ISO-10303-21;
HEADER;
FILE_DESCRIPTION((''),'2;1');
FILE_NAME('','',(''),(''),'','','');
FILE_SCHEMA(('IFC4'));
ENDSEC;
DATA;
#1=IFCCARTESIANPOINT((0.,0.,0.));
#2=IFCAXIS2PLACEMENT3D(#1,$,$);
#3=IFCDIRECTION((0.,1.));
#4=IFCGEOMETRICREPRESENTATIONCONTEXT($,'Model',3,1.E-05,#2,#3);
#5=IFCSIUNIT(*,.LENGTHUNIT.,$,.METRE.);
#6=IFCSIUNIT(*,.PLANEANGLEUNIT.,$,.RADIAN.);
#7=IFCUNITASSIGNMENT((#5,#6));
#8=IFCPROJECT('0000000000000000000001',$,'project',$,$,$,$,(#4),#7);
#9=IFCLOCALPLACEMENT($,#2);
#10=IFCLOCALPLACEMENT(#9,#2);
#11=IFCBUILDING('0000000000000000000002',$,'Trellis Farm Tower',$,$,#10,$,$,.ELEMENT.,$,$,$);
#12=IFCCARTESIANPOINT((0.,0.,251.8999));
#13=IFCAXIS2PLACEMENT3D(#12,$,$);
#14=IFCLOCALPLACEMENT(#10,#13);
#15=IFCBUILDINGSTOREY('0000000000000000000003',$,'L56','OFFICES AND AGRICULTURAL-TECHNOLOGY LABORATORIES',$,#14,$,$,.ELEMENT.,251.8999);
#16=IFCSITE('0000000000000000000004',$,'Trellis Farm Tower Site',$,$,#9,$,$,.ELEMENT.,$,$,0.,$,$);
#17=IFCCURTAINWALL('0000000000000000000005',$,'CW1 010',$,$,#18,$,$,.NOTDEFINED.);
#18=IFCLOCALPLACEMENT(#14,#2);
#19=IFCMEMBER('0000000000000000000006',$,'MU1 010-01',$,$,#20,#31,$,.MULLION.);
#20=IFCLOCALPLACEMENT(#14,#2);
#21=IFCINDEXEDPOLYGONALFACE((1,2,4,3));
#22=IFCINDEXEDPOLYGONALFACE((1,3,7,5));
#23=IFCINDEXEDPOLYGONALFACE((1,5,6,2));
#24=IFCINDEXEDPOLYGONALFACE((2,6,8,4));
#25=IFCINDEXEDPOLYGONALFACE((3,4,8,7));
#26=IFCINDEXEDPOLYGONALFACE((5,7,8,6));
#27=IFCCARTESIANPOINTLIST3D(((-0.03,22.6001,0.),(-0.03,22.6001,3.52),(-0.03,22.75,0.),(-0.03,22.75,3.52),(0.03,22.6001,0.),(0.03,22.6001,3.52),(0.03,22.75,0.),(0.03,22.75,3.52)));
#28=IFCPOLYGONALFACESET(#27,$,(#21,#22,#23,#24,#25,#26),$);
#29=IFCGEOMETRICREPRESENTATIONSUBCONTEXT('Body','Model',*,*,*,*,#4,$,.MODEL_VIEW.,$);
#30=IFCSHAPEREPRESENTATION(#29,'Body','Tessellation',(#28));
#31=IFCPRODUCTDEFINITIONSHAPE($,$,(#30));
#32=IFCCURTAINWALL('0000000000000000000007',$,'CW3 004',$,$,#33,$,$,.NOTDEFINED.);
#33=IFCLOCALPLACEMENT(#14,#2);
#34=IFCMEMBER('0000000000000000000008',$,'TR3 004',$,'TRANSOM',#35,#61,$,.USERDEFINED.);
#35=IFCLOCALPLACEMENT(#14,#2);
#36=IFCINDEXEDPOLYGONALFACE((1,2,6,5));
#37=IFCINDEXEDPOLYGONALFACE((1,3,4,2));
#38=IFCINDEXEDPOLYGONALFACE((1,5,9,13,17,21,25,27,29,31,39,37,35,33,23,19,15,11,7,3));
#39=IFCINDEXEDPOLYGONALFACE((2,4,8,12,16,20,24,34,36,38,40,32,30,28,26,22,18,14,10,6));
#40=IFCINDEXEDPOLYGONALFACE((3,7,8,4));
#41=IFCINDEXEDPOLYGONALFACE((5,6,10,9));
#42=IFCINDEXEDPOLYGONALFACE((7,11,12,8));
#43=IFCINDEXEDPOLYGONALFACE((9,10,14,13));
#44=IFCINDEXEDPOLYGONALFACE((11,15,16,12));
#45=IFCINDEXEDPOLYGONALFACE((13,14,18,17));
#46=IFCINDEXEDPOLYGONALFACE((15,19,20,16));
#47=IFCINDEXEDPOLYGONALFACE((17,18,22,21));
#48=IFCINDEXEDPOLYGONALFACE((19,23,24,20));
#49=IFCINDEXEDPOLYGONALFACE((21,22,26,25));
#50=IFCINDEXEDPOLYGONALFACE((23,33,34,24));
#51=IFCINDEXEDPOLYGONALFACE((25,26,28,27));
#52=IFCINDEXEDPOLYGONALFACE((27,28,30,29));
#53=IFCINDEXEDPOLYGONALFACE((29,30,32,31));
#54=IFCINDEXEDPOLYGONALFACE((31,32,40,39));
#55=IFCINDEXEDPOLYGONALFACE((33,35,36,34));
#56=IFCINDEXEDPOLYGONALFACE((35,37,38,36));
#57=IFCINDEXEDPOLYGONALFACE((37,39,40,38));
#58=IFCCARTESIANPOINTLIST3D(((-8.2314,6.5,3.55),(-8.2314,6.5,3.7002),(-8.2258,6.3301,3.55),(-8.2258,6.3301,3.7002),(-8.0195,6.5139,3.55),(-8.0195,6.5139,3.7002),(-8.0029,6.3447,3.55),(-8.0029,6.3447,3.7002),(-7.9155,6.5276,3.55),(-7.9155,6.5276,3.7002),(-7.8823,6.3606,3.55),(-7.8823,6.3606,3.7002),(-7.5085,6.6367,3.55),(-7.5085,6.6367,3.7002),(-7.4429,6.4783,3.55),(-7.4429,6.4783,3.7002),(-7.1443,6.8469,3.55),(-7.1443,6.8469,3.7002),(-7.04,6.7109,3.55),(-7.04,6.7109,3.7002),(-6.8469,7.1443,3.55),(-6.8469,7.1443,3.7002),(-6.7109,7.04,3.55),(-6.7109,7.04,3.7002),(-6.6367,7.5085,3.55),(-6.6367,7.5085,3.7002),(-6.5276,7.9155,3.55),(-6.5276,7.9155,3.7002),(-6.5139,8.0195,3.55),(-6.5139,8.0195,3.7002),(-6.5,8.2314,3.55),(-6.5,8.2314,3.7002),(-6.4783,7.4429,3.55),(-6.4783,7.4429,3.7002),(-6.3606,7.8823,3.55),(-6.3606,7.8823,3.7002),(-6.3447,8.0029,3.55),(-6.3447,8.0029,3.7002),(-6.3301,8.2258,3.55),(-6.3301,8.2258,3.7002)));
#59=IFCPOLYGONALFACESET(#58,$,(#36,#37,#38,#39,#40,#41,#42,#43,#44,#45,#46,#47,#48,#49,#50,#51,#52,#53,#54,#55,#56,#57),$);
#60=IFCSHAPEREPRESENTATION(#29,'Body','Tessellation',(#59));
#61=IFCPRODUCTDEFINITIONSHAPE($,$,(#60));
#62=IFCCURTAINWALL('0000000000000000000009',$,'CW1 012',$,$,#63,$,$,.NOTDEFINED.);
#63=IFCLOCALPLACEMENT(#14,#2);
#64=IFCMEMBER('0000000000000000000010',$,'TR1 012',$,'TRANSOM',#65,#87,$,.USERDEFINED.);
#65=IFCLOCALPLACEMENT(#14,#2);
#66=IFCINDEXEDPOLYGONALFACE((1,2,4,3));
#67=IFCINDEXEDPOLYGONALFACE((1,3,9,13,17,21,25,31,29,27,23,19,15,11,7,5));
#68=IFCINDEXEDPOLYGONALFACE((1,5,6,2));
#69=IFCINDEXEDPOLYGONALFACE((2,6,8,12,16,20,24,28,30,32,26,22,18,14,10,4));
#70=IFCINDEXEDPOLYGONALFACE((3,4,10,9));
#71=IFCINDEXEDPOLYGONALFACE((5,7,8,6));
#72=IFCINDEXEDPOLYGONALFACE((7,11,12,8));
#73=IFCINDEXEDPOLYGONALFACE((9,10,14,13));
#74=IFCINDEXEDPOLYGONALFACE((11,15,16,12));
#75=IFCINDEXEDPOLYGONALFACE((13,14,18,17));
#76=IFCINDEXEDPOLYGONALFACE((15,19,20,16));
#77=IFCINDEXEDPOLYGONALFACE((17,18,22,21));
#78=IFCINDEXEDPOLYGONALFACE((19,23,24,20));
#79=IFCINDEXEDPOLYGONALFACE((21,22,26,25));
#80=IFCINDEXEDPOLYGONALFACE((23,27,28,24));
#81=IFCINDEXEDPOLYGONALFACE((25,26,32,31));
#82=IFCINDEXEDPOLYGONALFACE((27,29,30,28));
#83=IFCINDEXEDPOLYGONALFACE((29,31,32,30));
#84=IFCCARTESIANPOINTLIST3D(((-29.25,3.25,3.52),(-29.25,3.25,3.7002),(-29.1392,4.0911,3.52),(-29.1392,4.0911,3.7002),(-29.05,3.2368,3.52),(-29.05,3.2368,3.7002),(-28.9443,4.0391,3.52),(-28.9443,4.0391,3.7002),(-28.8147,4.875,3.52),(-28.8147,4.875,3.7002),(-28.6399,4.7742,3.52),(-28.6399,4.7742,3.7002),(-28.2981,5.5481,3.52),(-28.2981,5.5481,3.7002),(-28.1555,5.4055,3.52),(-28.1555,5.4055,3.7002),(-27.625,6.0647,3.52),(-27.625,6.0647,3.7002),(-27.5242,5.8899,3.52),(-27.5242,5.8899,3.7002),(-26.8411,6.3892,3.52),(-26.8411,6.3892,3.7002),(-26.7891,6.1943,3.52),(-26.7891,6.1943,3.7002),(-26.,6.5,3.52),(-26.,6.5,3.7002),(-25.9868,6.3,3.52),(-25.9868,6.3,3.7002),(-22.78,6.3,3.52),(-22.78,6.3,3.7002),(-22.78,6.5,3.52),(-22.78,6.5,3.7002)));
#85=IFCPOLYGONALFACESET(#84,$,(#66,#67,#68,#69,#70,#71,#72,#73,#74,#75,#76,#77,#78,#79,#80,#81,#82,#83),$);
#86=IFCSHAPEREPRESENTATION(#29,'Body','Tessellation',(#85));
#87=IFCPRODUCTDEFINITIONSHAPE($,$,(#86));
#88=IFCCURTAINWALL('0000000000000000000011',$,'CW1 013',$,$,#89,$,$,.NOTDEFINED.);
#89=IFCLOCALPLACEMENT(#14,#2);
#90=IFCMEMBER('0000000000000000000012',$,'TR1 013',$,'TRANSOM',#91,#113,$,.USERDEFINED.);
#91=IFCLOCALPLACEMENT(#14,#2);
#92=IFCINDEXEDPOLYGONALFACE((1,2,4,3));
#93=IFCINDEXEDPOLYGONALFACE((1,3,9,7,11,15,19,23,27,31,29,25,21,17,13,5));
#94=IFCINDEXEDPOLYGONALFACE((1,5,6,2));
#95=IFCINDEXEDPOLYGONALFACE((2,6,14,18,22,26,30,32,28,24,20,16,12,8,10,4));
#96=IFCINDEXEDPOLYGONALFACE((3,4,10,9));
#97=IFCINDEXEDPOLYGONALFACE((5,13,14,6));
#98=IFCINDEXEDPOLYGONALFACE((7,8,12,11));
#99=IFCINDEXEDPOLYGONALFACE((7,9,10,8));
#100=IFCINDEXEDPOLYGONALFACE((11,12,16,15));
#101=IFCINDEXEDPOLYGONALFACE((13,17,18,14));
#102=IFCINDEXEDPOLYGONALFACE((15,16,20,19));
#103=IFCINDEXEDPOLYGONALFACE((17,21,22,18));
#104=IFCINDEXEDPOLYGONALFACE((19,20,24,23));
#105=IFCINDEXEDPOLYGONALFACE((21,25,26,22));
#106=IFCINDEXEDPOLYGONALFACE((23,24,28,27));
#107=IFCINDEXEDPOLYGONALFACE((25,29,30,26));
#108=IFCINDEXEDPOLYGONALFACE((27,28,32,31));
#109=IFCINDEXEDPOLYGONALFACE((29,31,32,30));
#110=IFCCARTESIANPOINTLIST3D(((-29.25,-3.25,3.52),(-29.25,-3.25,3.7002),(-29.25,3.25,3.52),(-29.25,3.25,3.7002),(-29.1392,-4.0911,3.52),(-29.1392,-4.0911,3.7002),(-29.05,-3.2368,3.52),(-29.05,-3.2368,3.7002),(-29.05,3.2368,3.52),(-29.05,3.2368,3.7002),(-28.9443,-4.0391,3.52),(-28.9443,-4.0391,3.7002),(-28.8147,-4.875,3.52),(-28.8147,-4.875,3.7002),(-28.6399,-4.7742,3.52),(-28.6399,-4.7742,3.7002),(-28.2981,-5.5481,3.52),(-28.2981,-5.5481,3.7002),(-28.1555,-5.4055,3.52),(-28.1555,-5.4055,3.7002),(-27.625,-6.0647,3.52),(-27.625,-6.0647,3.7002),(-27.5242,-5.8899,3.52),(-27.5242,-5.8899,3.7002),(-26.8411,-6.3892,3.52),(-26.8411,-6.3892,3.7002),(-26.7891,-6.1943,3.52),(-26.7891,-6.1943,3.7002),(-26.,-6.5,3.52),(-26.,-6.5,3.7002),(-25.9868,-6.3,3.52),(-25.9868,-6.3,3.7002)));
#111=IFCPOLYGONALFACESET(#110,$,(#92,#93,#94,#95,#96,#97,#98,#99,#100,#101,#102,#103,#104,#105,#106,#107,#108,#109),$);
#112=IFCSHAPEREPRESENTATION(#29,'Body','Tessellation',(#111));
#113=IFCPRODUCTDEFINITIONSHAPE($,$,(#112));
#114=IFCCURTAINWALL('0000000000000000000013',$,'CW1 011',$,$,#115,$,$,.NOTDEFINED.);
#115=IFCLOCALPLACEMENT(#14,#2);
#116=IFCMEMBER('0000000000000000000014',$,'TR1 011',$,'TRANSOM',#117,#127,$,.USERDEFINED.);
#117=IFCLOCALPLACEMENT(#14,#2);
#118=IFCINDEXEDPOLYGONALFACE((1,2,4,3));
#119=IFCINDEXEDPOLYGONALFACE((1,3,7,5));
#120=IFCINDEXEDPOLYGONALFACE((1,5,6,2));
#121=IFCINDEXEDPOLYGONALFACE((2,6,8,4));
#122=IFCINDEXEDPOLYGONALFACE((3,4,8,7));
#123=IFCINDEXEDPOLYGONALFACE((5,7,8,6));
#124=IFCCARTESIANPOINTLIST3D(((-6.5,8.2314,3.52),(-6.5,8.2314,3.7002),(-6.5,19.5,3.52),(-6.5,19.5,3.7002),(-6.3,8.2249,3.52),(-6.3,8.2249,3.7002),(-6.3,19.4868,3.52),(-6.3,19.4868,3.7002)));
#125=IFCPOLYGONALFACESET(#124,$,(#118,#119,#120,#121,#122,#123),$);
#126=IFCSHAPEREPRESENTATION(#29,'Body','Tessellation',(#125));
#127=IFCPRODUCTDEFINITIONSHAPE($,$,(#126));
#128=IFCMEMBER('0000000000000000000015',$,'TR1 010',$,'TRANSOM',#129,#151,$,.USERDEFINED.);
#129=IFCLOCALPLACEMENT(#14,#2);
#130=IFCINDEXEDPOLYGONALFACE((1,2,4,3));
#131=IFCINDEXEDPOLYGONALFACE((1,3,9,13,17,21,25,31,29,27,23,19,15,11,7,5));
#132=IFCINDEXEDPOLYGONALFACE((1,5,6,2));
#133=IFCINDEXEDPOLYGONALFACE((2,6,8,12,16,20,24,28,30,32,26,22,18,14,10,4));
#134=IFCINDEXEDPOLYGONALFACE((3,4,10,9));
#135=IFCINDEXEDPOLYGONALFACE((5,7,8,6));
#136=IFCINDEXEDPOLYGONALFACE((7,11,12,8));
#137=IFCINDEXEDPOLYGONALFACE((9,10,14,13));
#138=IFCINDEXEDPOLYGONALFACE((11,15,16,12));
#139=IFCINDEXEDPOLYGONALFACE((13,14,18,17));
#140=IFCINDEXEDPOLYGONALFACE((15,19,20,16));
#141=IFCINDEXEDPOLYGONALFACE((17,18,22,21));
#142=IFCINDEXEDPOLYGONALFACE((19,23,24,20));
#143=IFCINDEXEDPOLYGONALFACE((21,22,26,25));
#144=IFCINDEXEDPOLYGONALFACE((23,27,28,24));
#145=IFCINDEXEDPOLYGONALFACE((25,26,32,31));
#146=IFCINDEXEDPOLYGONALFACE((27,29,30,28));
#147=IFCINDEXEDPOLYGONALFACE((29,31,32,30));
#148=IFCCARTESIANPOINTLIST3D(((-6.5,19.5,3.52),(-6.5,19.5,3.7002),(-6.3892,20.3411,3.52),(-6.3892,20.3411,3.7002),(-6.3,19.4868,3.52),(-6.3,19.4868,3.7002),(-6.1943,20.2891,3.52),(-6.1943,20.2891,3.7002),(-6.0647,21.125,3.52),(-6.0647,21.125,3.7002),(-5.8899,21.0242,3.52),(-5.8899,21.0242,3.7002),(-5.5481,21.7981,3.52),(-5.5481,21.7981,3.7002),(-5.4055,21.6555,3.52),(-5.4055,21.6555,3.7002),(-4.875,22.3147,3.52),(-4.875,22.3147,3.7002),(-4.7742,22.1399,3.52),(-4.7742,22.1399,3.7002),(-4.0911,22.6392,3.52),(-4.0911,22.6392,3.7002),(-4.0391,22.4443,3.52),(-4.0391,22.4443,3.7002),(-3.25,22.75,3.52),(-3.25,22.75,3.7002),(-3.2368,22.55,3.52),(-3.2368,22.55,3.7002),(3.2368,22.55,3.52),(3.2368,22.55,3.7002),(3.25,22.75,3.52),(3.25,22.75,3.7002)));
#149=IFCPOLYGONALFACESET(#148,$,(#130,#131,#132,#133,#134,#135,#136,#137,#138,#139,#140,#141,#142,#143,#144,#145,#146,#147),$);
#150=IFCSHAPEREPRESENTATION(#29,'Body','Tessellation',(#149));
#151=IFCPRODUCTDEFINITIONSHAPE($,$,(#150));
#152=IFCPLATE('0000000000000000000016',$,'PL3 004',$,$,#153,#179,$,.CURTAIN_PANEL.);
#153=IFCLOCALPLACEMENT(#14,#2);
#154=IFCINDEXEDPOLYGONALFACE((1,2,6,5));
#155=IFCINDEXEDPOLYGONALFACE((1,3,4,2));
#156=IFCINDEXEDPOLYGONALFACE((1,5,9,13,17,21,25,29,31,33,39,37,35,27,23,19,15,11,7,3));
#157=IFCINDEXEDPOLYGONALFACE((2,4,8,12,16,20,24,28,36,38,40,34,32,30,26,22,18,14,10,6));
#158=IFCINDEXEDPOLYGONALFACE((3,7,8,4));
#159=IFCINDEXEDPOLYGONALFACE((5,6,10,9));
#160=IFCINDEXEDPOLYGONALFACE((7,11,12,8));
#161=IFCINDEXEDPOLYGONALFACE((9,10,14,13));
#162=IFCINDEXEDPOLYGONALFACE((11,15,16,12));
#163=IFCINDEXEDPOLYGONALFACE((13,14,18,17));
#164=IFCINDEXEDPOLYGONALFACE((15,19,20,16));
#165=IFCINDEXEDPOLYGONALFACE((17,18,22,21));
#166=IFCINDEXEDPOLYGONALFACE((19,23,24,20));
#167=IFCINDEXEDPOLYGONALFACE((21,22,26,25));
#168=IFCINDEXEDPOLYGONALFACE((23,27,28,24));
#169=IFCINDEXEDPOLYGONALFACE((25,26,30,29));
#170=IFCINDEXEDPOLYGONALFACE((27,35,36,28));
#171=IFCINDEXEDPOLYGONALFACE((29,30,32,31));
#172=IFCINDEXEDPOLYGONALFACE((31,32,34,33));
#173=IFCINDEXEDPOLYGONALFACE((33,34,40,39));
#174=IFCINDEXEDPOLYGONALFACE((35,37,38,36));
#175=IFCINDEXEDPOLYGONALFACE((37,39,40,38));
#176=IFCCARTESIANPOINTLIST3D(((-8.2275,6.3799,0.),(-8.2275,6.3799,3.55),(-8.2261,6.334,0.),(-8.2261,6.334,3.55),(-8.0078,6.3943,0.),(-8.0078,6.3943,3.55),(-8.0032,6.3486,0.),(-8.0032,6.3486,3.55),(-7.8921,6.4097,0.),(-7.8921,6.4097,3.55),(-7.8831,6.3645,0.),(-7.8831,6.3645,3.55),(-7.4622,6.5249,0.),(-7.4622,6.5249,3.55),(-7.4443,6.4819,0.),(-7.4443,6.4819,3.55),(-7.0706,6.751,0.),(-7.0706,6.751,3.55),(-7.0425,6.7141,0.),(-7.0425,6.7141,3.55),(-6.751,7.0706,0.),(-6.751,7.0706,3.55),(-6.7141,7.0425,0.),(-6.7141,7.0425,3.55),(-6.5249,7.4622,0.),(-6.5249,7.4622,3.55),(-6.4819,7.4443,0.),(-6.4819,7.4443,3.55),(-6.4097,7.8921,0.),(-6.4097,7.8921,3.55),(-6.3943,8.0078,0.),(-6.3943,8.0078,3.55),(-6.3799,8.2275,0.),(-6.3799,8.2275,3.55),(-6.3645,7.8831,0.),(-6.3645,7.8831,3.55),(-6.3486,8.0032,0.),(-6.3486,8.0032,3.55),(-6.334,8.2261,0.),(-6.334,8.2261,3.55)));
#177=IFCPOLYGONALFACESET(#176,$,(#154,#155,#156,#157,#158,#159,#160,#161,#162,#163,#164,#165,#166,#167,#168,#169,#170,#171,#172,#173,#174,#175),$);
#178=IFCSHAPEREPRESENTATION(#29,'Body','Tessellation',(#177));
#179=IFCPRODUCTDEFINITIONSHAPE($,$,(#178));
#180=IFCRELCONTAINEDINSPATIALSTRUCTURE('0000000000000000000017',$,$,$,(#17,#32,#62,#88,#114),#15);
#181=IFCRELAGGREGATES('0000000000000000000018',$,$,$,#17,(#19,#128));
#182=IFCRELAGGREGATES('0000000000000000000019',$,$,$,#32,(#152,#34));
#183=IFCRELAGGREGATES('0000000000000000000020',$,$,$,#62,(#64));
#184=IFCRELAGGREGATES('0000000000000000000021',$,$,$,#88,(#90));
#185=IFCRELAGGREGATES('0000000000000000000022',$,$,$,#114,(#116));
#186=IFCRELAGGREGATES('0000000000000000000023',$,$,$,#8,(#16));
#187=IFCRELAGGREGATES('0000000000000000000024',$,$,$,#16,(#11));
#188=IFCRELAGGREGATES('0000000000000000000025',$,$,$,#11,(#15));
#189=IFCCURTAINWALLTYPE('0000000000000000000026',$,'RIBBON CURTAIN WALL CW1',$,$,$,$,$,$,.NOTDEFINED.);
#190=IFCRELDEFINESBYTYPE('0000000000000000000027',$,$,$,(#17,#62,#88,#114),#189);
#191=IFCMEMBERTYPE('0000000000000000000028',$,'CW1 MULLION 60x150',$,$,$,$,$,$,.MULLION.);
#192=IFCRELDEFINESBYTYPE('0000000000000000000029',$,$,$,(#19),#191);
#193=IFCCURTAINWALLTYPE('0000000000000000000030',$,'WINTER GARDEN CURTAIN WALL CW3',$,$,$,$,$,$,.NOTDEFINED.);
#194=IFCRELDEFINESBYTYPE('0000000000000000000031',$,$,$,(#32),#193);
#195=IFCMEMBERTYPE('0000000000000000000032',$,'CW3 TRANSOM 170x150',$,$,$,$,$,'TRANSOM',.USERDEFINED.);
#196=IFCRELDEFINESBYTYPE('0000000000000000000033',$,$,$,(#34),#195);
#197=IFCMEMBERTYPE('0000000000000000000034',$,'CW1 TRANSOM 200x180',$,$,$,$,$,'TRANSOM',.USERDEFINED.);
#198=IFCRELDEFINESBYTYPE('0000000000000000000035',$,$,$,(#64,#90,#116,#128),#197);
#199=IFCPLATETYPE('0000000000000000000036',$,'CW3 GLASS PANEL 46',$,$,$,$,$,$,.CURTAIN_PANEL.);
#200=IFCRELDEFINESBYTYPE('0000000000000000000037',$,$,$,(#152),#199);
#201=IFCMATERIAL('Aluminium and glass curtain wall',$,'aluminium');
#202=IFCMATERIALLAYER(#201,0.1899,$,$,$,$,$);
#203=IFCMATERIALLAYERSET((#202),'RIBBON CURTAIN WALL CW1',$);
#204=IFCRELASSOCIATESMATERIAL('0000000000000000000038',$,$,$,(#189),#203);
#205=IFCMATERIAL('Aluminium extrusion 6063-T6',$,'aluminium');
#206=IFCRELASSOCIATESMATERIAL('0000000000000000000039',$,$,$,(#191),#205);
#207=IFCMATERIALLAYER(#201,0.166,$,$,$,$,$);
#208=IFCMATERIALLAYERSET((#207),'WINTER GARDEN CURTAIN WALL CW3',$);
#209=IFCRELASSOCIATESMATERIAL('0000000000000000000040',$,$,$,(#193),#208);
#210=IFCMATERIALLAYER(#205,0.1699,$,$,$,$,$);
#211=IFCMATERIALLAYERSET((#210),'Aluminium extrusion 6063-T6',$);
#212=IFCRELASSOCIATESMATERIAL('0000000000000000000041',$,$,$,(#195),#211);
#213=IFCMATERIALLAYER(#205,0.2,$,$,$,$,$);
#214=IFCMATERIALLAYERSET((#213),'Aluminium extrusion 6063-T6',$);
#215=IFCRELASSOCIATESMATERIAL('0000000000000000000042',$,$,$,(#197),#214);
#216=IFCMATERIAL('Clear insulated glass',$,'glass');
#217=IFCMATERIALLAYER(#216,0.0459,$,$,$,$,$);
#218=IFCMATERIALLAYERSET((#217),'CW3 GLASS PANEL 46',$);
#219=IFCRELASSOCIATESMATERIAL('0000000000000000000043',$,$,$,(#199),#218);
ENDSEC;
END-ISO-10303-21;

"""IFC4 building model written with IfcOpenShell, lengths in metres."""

from ifc_helpers import new_model, si_unit, direction, frame, origin, origin_2d, place, context, subcontext, project, spatial, polyline, rectangle, outline, extrude, source, transform, mapped, material, layer, layer_set, material_profile, profile_set, type_object, element, aggregate, save


model = new_model("IFC4")

# Units and contexts
model_context = context("Model", 3, precision=1e-05, world=origin(), true_north=direction((0.0, 1.0)))
body_context = subcontext(model_context, "Body", "Model", "MODEL_VIEW")
ifc_project = project(units=[si_unit("LENGTHUNIT", "METRE"), si_unit("PLANEANGLEUNIT", "RADIAN")], contexts=[model_context])

# Site, building, storey
site_placement = place(None, origin())
site = spatial("IfcSite", under=ifc_project, at=site_placement, Name="Trellis Farm Tower Site", CompositionType="ELEMENT", RefElevation=0.0)
building_placement = place(site_placement, origin())
building = spatial("IfcBuilding", under=site, at=building_placement, Name="Trellis Farm Tower", CompositionType="ELEMENT")
storey_placement = place(building_placement, frame((0.0, 0.0, 251.8999)))
storey = spatial("IfcBuildingStorey", under=building, at=storey_placement, Name="L56", Description="OFFICES AND AGRICULTURAL-TECHNOLOGY LABORATORIES", CompositionType="ELEMENT", Elevation=251.8999)

# Curtain walls, members
ifc_material_1 = material(Name="Aluminium and glass curtain wall", Category="aluminium")
ifc_layer_1 = layer(ifc_material_1, 0.1899)
ifc_layer_set_1 = layer_set([ifc_layer_1], Name="RIBBON CURTAIN WALL CW1")
curtain_wall_type_1 = type_object("IfcCurtainWallType", Name="RIBBON CURTAIN WALL CW1", PredefinedType="NOTDEFINED", material=ifc_layer_set_1)
placement_1 = place(storey_placement, origin())
curtain_wall_1 = element("IfcCurtainWall", 1, at=placement_1, inside=storey, type_object=curtain_wall_type_1, Name="CW1 010", PredefinedType="NOTDEFINED")
ifc_material_2 = material(Name="Aluminium extrusion 6063-T6", Category="aluminium")
ifc_material_profile = material_profile(ifc_material_2, rectangle(XDim=0.0601, YDim=0.1499, at=origin_2d()), Name="MULLION 60x150")
ifc_profile_set = profile_set([ifc_material_profile], Name="Aluminium extrusion 6063-T6")
member_type_1 = type_object("IfcMemberType", Name="CW1 MULLION 60x150", PredefinedType="MULLION", material=ifc_profile_set)
shared_shape_1 = source(origin(), body_context, "Body", "SweptSolid", [
    extrude(rectangle(XDim=0.0601, YDim=0.1499, at=origin_2d()), origin(), (0.0, 0.0, 1.0), 3.52),
])
member_1_placement = place(storey_placement, frame((0.0, 22.675, 0.0), z_axis=(0.0, 0.0, 1.0), x_axis=(-1.0, 0.0, 0.0)))
member_1 = element("IfcMember", 2, at=member_1_placement, type_object=member_type_1, Name="MU1 010-01", PredefinedType="MULLION", context=body_context, shape_type="MappedRepresentation", body=[
    mapped(shared_shape_1, transform((0.0, 0.0, 0.0))),
])
ifc_layer_2 = layer(ifc_material_1, 0.166)
ifc_layer_set_2 = layer_set([ifc_layer_2], Name="WINTER GARDEN CURTAIN WALL CW3")
curtain_wall_type_2 = type_object("IfcCurtainWallType", Name="WINTER GARDEN CURTAIN WALL CW3", PredefinedType="NOTDEFINED", material=ifc_layer_set_2)
curtain_wall_2 = element("IfcCurtainWall", 3, at=placement_1, inside=storey, type_object=curtain_wall_type_2, Name="CW3 004", PredefinedType="NOTDEFINED")
ifc_layer_3 = layer(ifc_material_2, 0.1699)
ifc_layer_set_3 = layer_set([ifc_layer_3], Name="Aluminium extrusion 6063-T6")
member_type_2 = type_object("IfcMemberType", Name="CW3 TRANSOM 170x150", ElementType="TRANSOM", PredefinedType="USERDEFINED", material=ifc_layer_set_3)
shared_shape_2 = source(origin(), body_context, "Body", "SweptSolid", [
    extrude(outline(polyline([(-6.5, 8.2314), (-6.5139, 8.0195), (-6.5276, 7.9155), (-6.6367, 7.5085), (-6.8469, 7.1443), (-7.1443, 6.8469), (-7.5085, 6.6367), (-7.9155, 6.5276), (-8.0195, 6.5139), (-8.2314, 6.5), (-8.2258, 6.3301), (-8.0029, 6.3447), (-7.8823, 6.3606), (-7.4429, 6.4783), (-7.04, 6.7109), (-6.7109, 7.04), (-6.4783, 7.4429), (-6.3606, 7.8823), (-6.3447, 8.0029), (-6.3301, 8.2258), (-6.5, 8.2314)])), origin(), (0.0, 0.0, 1.0), 0.1501),
])
member_2_placement = place(storey_placement, frame((0.0, 0.0, 3.55)))
member_2 = element("IfcMember", 4, at=member_2_placement, type_object=member_type_2, Name="TR3 004", ObjectType="TRANSOM", PredefinedType="USERDEFINED", context=body_context, shape_type="MappedRepresentation", body=[
    mapped(shared_shape_2, transform((0.0, 0.0, 0.0))),
])
curtain_wall_3 = element("IfcCurtainWall", 5, at=placement_1, inside=storey, type_object=curtain_wall_type_1, Name="CW1 012", PredefinedType="NOTDEFINED")
ifc_layer_4 = layer(ifc_material_2, 0.2)
ifc_layer_set_4 = layer_set([ifc_layer_4], Name="Aluminium extrusion 6063-T6")
member_type_3 = type_object("IfcMemberType", Name="CW1 TRANSOM 200x180", ElementType="TRANSOM", PredefinedType="USERDEFINED", material=ifc_layer_set_4)
shared_shape_3 = source(origin(), body_context, "Body", "SweptSolid", [
    extrude(outline(polyline([(-22.78, 6.5), (-26.0, 6.5), (-26.8411, 6.3892), (-27.625, 6.0647), (-28.2981, 5.5481), (-28.8147, 4.875), (-29.1392, 4.0911), (-29.25, 3.25), (-29.05, 3.2368), (-28.9443, 4.0391), (-28.6399, 4.7742), (-28.1555, 5.4055), (-27.5242, 5.8899), (-26.7891, 6.1943), (-25.9868, 6.3), (-22.78, 6.3), (-22.78, 6.5)])), origin(), (0.0, 0.0, 1.0), 0.1802),
])
placement_2 = place(storey_placement, frame((0.0, 0.0, 3.52)))
member_3 = element("IfcMember", 6, at=placement_2, type_object=member_type_3, Name="TR1 012", ObjectType="TRANSOM", PredefinedType="USERDEFINED", context=body_context, shape_type="MappedRepresentation", body=[
    mapped(shared_shape_3, transform((0.0, 0.0, 0.0))),
])
curtain_wall_4 = element("IfcCurtainWall", 7, at=placement_1, inside=storey, type_object=curtain_wall_type_1, Name="CW1 013", PredefinedType="NOTDEFINED")
shared_shape_4 = source(origin(), body_context, "Body", "SweptSolid", [
    extrude(outline(polyline([(-29.25, 3.25), (-29.25, -3.25), (-29.1392, -4.0911), (-28.8147, -4.875), (-28.2981, -5.5481), (-27.625, -6.0647), (-26.8411, -6.3892), (-26.0, -6.5), (-25.9868, -6.3), (-26.7891, -6.1943), (-27.5242, -5.8899), (-28.1555, -5.4055), (-28.6399, -4.7742), (-28.9443, -4.0391), (-29.05, -3.2368), (-29.05, 3.2368), (-29.25, 3.25)])), origin(), (0.0, 0.0, 1.0), 0.1802),
])
member_4 = element("IfcMember", 8, at=placement_2, type_object=member_type_3, Name="TR1 013", ObjectType="TRANSOM", PredefinedType="USERDEFINED", context=body_context, shape_type="MappedRepresentation", body=[
    mapped(shared_shape_4, transform((0.0, 0.0, 0.0))),
])
curtain_wall_5 = element("IfcCurtainWall", 9, at=placement_1, inside=storey, type_object=curtain_wall_type_1, Name="CW1 011", PredefinedType="NOTDEFINED")
shared_shape_5 = source(origin(), body_context, "Body", "SweptSolid", [
    extrude(outline(polyline([(-6.5, 19.5), (-6.5, 8.2314), (-6.3, 8.2249), (-6.3, 19.4868), (-6.5, 19.5)])), origin(), (0.0, 0.0, 1.0), 0.1802),
])
member_5 = element("IfcMember", 10, at=placement_2, type_object=member_type_3, Name="TR1 011", ObjectType="TRANSOM", PredefinedType="USERDEFINED", context=body_context, shape_type="MappedRepresentation", body=[
    mapped(shared_shape_5, transform((0.0, 0.0, 0.0))),
])

# Member
shared_shape_6 = source(origin(), body_context, "Body", "SweptSolid", [
    extrude(outline(polyline([(3.25, 22.75), (-3.25, 22.75), (-4.0911, 22.6392), (-4.875, 22.3147), (-5.5481, 21.7981), (-6.0647, 21.125), (-6.3892, 20.3411), (-6.5, 19.5), (-6.3, 19.4868), (-6.1943, 20.2891), (-5.8899, 21.0242), (-5.4055, 21.6555), (-4.7742, 22.1399), (-4.0391, 22.4443), (-3.2368, 22.55), (3.2368, 22.55), (3.25, 22.75)])), origin(), (0.0, 0.0, 1.0), 0.1802),
])
member_6 = element("IfcMember", 11, at=placement_2, type_object=member_type_3, Name="TR1 010", ObjectType="TRANSOM", PredefinedType="USERDEFINED", context=body_context, shape_type="MappedRepresentation", body=[
    mapped(shared_shape_6, transform((0.0, 0.0, 0.0))),
])
aggregate(curtain_wall_1, [member_1, member_6])

# Plate
ifc_material_3 = material(Name="Clear insulated glass", Category="glass")
ifc_layer_5 = layer(ifc_material_3, 0.0459)
ifc_layer_set_5 = layer_set([ifc_layer_5], Name="CW3 GLASS PANEL 46")
plate_type_1 = type_object("IfcPlateType", Name="CW3 GLASS PANEL 46", PredefinedType="CURTAIN_PANEL", material=ifc_layer_set_5)
shared_shape_7 = source(origin(), body_context, "Body", "SweptSolid", [
    extrude(outline(polyline([(-6.3799, 8.2275), (-6.3943, 8.0078), (-6.4097, 7.8921), (-6.5249, 7.4622), (-6.751, 7.0706), (-7.0706, 6.751), (-7.4622, 6.5249), (-7.8921, 6.4097), (-8.0078, 6.3943), (-8.2275, 6.3799), (-8.2261, 6.334), (-8.0032, 6.3486), (-7.8831, 6.3645), (-7.4443, 6.4819), (-7.0425, 6.7141), (-6.7141, 7.0425), (-6.4819, 7.4443), (-6.3645, 7.8831), (-6.3486, 8.0032), (-6.334, 8.2261), (-6.3799, 8.2275)])), origin(), (0.0, 0.0, 1.0), 3.55),
])
plate_1 = element("IfcPlate", 12, at=placement_1, type_object=plate_type_1, Name="PL3 004", PredefinedType="CURTAIN_PANEL", context=body_context, shape_type="MappedRepresentation", body=[
    mapped(shared_shape_7, transform((0.0, 0.0, 0.0))),
])
aggregate(curtain_wall_2, [plate_1, member_2])
aggregate(curtain_wall_3, [member_3])
aggregate(curtain_wall_4, [member_4])
aggregate(curtain_wall_5, [member_5])

save(model, "model.ifc")
